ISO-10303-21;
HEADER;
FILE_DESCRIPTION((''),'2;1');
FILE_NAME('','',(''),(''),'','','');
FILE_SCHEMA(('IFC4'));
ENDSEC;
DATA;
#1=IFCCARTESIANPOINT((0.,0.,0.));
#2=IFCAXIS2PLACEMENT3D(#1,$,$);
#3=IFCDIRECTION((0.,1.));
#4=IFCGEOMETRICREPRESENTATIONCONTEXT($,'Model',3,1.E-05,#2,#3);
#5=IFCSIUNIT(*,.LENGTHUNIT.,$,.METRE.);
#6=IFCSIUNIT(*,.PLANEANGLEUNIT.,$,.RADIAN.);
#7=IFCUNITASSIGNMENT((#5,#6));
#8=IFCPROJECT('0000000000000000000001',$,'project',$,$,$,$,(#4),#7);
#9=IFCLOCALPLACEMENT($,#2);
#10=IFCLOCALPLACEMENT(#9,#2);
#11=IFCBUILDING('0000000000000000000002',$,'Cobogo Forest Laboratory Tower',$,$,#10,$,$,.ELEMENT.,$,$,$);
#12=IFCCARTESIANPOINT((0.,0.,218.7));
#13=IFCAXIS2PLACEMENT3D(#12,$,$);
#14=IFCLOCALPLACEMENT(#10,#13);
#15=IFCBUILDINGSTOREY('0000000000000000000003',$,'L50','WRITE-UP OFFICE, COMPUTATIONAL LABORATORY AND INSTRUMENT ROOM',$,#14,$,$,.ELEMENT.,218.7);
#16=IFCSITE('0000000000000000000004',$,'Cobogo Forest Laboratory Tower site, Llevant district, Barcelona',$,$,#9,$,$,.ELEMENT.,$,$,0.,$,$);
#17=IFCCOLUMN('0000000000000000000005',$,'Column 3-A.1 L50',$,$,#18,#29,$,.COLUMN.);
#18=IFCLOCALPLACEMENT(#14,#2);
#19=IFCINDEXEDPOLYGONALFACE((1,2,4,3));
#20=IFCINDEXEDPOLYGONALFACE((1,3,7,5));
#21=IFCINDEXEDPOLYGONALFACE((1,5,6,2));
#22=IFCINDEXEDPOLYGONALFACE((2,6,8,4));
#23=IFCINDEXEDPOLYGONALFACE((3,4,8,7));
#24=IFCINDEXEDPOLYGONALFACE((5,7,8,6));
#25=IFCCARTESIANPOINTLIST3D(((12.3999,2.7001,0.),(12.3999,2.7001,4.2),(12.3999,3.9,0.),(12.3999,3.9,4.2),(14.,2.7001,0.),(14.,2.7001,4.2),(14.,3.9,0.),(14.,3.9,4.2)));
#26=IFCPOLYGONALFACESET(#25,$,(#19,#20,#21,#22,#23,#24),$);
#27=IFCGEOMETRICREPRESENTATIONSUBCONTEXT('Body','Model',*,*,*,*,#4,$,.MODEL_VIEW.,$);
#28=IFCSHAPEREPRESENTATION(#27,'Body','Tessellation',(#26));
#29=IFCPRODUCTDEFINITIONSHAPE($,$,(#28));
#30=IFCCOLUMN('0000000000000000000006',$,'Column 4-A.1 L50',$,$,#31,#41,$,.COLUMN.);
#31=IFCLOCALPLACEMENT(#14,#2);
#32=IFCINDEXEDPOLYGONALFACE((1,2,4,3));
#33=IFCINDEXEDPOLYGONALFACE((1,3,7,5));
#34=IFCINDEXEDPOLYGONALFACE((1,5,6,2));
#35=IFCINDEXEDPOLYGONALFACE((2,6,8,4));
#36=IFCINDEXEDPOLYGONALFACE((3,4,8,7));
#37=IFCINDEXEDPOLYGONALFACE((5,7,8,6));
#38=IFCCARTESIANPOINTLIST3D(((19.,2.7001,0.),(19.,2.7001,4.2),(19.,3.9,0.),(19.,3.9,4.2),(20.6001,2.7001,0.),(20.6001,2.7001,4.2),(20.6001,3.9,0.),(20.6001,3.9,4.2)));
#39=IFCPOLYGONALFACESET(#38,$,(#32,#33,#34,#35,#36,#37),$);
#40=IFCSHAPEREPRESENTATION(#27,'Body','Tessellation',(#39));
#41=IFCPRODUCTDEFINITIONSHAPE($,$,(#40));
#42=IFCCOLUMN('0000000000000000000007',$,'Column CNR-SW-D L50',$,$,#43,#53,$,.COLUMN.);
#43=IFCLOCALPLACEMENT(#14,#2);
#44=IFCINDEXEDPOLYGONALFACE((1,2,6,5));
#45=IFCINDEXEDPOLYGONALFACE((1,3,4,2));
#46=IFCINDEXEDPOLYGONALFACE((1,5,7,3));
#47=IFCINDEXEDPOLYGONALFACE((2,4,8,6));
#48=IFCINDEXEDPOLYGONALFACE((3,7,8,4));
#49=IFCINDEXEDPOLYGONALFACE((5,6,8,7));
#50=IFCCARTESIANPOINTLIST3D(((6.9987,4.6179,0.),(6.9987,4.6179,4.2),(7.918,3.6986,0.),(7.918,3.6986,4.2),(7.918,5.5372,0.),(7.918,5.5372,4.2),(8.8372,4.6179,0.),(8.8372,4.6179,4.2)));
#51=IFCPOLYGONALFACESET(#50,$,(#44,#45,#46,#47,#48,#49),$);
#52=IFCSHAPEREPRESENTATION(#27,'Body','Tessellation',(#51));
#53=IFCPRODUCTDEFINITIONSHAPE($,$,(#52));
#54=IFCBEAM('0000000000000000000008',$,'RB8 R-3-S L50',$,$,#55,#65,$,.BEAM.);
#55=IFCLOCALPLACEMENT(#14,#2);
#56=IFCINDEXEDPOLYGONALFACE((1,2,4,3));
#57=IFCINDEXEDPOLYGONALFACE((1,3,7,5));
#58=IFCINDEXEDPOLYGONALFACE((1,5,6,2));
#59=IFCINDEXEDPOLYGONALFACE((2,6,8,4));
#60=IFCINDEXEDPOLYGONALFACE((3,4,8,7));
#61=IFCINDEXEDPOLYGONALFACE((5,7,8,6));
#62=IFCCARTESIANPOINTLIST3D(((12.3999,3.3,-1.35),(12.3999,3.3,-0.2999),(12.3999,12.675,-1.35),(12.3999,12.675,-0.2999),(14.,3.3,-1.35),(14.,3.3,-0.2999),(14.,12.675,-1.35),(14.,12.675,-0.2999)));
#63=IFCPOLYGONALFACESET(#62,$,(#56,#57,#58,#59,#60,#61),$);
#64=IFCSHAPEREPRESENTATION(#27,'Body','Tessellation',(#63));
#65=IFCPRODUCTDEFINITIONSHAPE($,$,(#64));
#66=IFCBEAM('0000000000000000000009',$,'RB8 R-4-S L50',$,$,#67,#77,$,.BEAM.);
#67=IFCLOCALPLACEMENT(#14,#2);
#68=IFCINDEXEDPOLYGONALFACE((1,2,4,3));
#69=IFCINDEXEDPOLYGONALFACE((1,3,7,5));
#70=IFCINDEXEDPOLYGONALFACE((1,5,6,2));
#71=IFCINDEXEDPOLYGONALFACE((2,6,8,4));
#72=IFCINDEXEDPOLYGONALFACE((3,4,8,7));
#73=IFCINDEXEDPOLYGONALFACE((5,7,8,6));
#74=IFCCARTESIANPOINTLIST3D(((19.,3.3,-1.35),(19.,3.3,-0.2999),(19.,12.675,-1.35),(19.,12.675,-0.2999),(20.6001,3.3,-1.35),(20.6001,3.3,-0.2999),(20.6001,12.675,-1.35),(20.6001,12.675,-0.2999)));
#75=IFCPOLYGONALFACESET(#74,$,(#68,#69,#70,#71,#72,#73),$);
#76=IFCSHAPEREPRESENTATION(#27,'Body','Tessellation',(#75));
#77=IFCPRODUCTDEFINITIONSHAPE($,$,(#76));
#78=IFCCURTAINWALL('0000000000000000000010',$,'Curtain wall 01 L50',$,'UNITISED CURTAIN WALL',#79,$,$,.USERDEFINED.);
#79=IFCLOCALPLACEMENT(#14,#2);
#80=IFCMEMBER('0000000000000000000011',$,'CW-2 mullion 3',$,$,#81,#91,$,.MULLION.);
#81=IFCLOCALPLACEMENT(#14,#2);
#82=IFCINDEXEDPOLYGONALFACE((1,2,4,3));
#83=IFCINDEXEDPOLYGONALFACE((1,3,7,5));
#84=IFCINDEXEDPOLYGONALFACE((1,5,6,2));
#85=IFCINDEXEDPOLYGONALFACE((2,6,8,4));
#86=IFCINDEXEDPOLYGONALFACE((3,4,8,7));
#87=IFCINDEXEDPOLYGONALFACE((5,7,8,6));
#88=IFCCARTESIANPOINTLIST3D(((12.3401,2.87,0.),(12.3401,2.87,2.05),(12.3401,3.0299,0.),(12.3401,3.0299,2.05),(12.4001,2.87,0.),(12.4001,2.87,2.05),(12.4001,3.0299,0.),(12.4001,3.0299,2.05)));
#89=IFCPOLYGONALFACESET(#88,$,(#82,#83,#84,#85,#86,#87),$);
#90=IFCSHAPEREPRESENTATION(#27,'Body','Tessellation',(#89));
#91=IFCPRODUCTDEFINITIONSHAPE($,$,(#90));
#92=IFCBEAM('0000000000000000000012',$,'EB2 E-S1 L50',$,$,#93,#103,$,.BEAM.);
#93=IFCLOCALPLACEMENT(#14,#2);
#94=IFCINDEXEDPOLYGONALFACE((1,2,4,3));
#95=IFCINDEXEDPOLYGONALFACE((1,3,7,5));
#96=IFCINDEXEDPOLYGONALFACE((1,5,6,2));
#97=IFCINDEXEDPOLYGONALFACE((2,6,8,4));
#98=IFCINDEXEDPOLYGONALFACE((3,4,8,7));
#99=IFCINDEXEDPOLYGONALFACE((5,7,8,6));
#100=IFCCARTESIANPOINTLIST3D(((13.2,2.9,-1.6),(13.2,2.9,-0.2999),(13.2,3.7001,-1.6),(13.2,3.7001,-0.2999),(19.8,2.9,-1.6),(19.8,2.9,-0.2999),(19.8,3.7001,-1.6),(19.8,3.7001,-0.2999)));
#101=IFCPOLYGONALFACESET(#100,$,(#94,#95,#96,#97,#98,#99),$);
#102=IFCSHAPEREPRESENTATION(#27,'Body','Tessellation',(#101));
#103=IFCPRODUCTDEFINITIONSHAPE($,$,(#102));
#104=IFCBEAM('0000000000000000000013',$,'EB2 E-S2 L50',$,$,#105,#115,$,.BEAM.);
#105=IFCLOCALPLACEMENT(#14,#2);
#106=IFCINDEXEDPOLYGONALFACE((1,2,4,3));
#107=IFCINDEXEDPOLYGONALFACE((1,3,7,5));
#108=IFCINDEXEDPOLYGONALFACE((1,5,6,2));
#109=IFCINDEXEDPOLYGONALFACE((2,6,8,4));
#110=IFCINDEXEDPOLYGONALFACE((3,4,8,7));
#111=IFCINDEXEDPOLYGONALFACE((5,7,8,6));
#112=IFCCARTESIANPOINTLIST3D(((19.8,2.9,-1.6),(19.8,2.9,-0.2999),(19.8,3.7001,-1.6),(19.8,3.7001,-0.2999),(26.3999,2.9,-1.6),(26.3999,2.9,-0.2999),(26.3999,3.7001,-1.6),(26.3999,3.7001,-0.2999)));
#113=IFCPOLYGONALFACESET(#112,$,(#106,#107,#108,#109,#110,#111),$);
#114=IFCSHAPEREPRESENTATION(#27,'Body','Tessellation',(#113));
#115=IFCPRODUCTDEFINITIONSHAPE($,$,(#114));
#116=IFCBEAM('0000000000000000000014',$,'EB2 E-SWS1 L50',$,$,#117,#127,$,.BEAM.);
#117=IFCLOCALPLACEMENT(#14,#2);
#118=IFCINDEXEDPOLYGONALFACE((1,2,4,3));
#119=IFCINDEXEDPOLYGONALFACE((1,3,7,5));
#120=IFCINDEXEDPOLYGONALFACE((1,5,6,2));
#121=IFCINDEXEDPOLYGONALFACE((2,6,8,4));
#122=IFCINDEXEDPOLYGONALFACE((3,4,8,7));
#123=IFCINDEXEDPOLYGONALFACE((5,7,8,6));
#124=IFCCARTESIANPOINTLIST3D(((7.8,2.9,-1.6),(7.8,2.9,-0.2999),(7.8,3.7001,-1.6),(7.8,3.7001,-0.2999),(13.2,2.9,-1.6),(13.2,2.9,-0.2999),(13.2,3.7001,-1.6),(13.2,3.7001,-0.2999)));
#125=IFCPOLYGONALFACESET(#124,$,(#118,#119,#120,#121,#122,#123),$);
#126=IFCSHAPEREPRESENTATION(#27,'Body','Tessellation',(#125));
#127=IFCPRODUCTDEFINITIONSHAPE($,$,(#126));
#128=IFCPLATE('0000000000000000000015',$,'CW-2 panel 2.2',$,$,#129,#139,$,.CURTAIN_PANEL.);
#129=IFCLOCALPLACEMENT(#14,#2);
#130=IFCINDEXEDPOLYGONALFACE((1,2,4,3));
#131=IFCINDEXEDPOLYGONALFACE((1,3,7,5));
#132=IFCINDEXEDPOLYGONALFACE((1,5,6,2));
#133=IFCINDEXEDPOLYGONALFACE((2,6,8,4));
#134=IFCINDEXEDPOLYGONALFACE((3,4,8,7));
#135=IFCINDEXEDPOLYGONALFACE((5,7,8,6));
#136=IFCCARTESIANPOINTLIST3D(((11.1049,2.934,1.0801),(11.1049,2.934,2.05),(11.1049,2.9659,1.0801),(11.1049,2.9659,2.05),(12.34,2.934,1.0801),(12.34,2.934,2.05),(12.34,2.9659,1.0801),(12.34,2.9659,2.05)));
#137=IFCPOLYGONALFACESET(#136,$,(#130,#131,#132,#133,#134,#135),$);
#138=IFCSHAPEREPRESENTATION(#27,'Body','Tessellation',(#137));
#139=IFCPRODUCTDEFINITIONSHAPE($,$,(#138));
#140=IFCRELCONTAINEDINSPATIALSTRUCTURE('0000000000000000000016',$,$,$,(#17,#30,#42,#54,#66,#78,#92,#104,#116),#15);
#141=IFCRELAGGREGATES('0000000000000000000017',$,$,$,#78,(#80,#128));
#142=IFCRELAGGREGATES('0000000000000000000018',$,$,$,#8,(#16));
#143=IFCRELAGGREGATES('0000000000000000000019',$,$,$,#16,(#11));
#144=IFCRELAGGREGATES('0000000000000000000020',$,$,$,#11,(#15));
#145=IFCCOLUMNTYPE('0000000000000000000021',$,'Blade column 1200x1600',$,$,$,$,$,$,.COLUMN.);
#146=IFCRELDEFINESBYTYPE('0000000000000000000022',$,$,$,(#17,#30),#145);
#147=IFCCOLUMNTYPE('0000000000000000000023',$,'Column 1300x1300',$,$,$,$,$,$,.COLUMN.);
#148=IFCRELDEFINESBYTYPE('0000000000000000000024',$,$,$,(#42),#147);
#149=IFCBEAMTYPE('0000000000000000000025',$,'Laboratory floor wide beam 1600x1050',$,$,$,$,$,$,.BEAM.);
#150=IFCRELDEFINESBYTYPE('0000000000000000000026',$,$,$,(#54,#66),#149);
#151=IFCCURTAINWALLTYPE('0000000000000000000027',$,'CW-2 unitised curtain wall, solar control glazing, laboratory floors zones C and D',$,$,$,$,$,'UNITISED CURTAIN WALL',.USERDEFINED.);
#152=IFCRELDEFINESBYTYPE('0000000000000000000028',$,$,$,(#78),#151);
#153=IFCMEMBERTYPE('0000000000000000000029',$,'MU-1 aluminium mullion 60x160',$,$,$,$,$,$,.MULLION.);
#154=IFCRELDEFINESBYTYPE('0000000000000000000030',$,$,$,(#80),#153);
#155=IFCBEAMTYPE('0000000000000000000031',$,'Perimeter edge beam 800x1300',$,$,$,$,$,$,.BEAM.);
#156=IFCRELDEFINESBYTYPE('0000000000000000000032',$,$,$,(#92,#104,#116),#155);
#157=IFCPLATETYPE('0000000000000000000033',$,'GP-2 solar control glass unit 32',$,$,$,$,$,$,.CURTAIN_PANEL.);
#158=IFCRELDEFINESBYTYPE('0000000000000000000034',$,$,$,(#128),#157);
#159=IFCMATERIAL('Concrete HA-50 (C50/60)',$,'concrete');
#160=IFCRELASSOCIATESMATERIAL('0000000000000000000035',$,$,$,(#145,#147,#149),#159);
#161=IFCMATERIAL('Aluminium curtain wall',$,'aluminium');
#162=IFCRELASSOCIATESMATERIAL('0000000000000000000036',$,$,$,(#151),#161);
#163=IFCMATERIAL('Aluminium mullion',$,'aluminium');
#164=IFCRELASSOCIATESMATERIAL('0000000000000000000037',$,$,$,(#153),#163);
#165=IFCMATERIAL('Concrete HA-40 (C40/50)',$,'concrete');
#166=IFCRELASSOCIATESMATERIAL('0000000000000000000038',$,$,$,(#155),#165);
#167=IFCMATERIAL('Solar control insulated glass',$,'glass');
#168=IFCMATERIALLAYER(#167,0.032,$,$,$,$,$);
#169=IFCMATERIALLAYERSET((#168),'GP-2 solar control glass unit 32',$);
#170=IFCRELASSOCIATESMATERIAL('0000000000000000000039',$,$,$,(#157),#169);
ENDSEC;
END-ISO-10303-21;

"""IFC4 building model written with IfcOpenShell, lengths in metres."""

from ifc_helpers import new_model, si_unit, direction, frame, origin, origin_2d, place, context, subcontext, project, spatial, rectangle, extrude, material, layer, layer_set, material_profile, profile_set, type_object, element, aggregate, save


model = new_model("IFC4")

# Units and contexts
model_context = context("Model", 3, precision=1e-05, world=origin(), true_north=direction((0.0, 1.0)))
body_context = subcontext(model_context, "Body", "Model", "MODEL_VIEW")
ifc_project = project(units=[si_unit("LENGTHUNIT", "METRE"), si_unit("PLANEANGLEUNIT", "RADIAN")], contexts=[model_context])

# Site, building, storey
site_placement = place(None, origin())
site = spatial("IfcSite", under=ifc_project, at=site_placement, Name="Cobogo Forest Laboratory Tower site, Llevant district, Barcelona", CompositionType="ELEMENT", RefElevation=0.0)
building_placement = place(site_placement, origin())
building = spatial("IfcBuilding", under=site, at=building_placement, Name="Cobogo Forest Laboratory Tower", CompositionType="ELEMENT")
storey_placement = place(building_placement, frame((0.0, 0.0, 218.7)))
storey = spatial("IfcBuildingStorey", under=building, at=storey_placement, Name="L50", Description="WRITE-UP OFFICE, COMPUTATIONAL LABORATORY AND INSTRUMENT ROOM", CompositionType="ELEMENT", Elevation=218.7)

# Columns
ifc_material_1 = material(Name="Concrete HA-50 (C50/60)", Category="concrete")
ifc_material_profile_1 = material_profile(ifc_material_1, rectangle(XDim=1.6001, YDim=1.2, at=origin_2d()), Name="RC 1200x1600")
ifc_profile_set_1 = profile_set([ifc_material_profile_1], Name="Concrete HA-50 (C50/60)")
column_type_1 = type_object("IfcColumnType", Name="Blade column 1200x1600", PredefinedType="COLUMN", material=ifc_profile_set_1)
for number, where, z_axis, x_axis, name in (
    (1, (13.2, 3.3, 0.0), (0.0, 0.0, 1.0), (1.0, 0.0, 0.0), "Column 3-A.1 L50"),
    (2, (19.8, 3.3, 0.0), (0.0, 0.0, 1.0), (1.0, 0.0, 0.0), "Column 4-A.1 L50"),
):
    element("IfcColumn", number, at=place(storey_placement, frame(where, z_axis=z_axis, x_axis=x_axis)), inside=storey, type_object=column_type_1, Name=name, PredefinedType="COLUMN", context=body_context, shape_type="SweptSolid", body=[
        extrude(rectangle(XDim=1.6001, YDim=1.2, at=origin_2d()), origin(), (0.0, 0.0, 1.0), 4.2),
    ])
ifc_material_profile_2 = material_profile(ifc_material_1, rectangle(XDim=1.3, YDim=1.3, at=origin_2d()), Name="RC 1300x1300")
ifc_profile_set_2 = profile_set([ifc_material_profile_2], Name="Concrete HA-50 (C50/60)")
column_type_2 = type_object("IfcColumnType", Name="Column 1300x1300", PredefinedType="COLUMN", material=ifc_profile_set_2)
column_placement = place(storey_placement, frame((7.918, 4.6179, 0.0), z_axis=(0.0, 0.0, 1.0), x_axis=(0.707107, 0.707107, 0.0)))
element("IfcColumn", 3, at=column_placement, inside=storey, type_object=column_type_2, Name="Column CNR-SW-D L50", PredefinedType="COLUMN", context=body_context, shape_type="SweptSolid", body=[
    extrude(rectangle(XDim=1.3, YDim=1.3, at=origin_2d()), origin(), (0.0, 0.0, 1.0), 4.2),
])

# Beams
ifc_material_profile_3 = material_profile(ifc_material_1, rectangle(XDim=1.6001, YDim=1.05, at=origin_2d()), Name="RC 1600x1050")
ifc_profile_set_3 = profile_set([ifc_material_profile_3], Name="Concrete HA-50 (C50/60)")
beam_type_1 = type_object("IfcBeamType", Name="Laboratory floor wide beam 1600x1050", PredefinedType="BEAM", material=ifc_profile_set_3)
for number, where, z_axis, x_axis, name in (
    (4, (13.2, 12.675, -0.825), (0.0, -1.0, 0.0), (1.0, 0.0, 0.0), "RB8 R-3-S L50"),
    (5, (19.8, 12.675, -0.825), (0.0, -1.0, 0.0), (1.0, 0.0, 0.0), "RB8 R-4-S L50"),
):
    element("IfcBeam", number, at=place(storey_placement, frame(where, z_axis=z_axis, x_axis=x_axis)), inside=storey, type_object=beam_type_1, Name=name, PredefinedType="BEAM", context=body_context, shape_type="SweptSolid", body=[
        extrude(rectangle(XDim=1.6001, YDim=1.05, at=origin_2d()), origin(), (0.0, 0.0, 1.0), 9.375),
    ])

# Curtain wall, member
ifc_material_2 = material(Name="Aluminium curtain wall", Category="aluminium")
curtain_wall_type = type_object("IfcCurtainWallType", Name="CW-2 unitised curtain wall, solar control glazing, laboratory floors zones C and D", ElementType="UNITISED CURTAIN WALL", PredefinedType="USERDEFINED", material=ifc_material_2)
curtain_wall_placement = place(storey_placement, origin())
curtain_wall = element("IfcCurtainWall", 6, at=curtain_wall_placement, inside=storey, type_object=curtain_wall_type, Name="Curtain wall 01 L50", ObjectType="UNITISED CURTAIN WALL", PredefinedType="USERDEFINED")
ifc_material_3 = material(Name="Aluminium mullion", Category="aluminium")
ifc_material_profile_4 = material_profile(ifc_material_3, rectangle(XDim=0.0601, YDim=0.1599, at=origin_2d()), Name="AL 60x160")
ifc_profile_set_4 = profile_set([ifc_material_profile_4], Name="Aluminium mullion")
member_type = type_object("IfcMemberType", Name="MU-1 aluminium mullion 60x160", PredefinedType="MULLION", material=ifc_profile_set_4)
member_placement = place(storey_placement, frame((12.3701, 2.95, 0.0), z_axis=(0.0, 0.0, 1.0), x_axis=(1.0, 0.0, 0.0)))
member = element("IfcMember", 7, at=member_placement, type_object=member_type, Name="CW-2 mullion 3", PredefinedType="MULLION", context=body_context, shape_type="SweptSolid", body=[
    extrude(rectangle(XDim=0.0601, YDim=0.1599, at=origin_2d()), origin(), (0.0, 0.0, 1.0), 2.05),
])

# Beams
ifc_material_4 = material(Name="Concrete HA-40 (C40/50)", Category="concrete")
ifc_material_profile_5 = material_profile(ifc_material_4, rectangle(XDim=0.8, YDim=1.3, at=origin_2d()), Name="RC 800x1300")
ifc_profile_set_5 = profile_set([ifc_material_profile_5], Name="Concrete HA-40 (C40/50)")
beam_type_2 = type_object("IfcBeamType", Name="Perimeter edge beam 800x1300", PredefinedType="BEAM", material=ifc_profile_set_5)
beam_1_placement = place(storey_placement, frame((13.2, 3.3, -0.95), z_axis=(1.0, 0.0, 0.0), x_axis=(0.0, 1.0, 0.0)))
element("IfcBeam", 8, at=beam_1_placement, inside=storey, type_object=beam_type_2, Name="EB2 E-S1 L50", PredefinedType="BEAM", context=body_context, shape_type="SweptSolid", body=[
    extrude(rectangle(XDim=0.8, YDim=1.3, at=origin_2d()), origin(), (0.0, 0.0, 1.0), 6.6001),
])
beam_2_placement = place(storey_placement, frame((19.8, 3.3, -0.95), z_axis=(1.0, 0.0, 0.0), x_axis=(0.0, 1.0, 0.0)))
element("IfcBeam", 9, at=beam_2_placement, inside=storey, type_object=beam_type_2, Name="EB2 E-S2 L50", PredefinedType="BEAM", context=body_context, shape_type="SweptSolid", body=[
    extrude(rectangle(XDim=0.8, YDim=1.3, at=origin_2d()), origin(), (0.0, 0.0, 1.0), 6.5999),
])
beam_3_placement = place(storey_placement, frame((13.2, 3.3, -0.95), z_axis=(-1.0, 0.0, 0.0), x_axis=(0.0, -1.0, 0.0)))
element("IfcBeam", 10, at=beam_3_placement, inside=storey, type_object=beam_type_2, Name="EB2 E-SWS1 L50", PredefinedType="BEAM", context=body_context, shape_type="SweptSolid", body=[
    extrude(rectangle(XDim=0.8, YDim=1.3, at=origin_2d()), origin(), (0.0, 0.0, 1.0), 5.3999),
])

# Plate
ifc_material_5 = material(Name="Solar control insulated glass", Category="glass")
ifc_layer_1 = layer(ifc_material_5, 0.032)
ifc_layer_set_1 = layer_set([ifc_layer_1], Name="GP-2 solar control glass unit 32")
plate_type = type_object("IfcPlateType", Name="GP-2 solar control glass unit 32", PredefinedType="CURTAIN_PANEL", material=ifc_layer_set_1)
plate_placement = place(storey_placement, frame((11.7224, 2.95, 1.0801), z_axis=(0.0, 0.0, 1.0), x_axis=(1.0, 0.0, 0.0)))
plate = element("IfcPlate", 11, at=plate_placement, type_object=plate_type, Name="CW-2 panel 2.2", PredefinedType="CURTAIN_PANEL", context=body_context, shape_type="SweptSolid", body=[
    extrude(rectangle(XDim=1.2351, YDim=0.032, at=origin_2d()), origin(), (0.0, 0.0, 1.0), 0.97),
])
aggregate(curtain_wall, [member, plate])

save(model, "model.ifc")
